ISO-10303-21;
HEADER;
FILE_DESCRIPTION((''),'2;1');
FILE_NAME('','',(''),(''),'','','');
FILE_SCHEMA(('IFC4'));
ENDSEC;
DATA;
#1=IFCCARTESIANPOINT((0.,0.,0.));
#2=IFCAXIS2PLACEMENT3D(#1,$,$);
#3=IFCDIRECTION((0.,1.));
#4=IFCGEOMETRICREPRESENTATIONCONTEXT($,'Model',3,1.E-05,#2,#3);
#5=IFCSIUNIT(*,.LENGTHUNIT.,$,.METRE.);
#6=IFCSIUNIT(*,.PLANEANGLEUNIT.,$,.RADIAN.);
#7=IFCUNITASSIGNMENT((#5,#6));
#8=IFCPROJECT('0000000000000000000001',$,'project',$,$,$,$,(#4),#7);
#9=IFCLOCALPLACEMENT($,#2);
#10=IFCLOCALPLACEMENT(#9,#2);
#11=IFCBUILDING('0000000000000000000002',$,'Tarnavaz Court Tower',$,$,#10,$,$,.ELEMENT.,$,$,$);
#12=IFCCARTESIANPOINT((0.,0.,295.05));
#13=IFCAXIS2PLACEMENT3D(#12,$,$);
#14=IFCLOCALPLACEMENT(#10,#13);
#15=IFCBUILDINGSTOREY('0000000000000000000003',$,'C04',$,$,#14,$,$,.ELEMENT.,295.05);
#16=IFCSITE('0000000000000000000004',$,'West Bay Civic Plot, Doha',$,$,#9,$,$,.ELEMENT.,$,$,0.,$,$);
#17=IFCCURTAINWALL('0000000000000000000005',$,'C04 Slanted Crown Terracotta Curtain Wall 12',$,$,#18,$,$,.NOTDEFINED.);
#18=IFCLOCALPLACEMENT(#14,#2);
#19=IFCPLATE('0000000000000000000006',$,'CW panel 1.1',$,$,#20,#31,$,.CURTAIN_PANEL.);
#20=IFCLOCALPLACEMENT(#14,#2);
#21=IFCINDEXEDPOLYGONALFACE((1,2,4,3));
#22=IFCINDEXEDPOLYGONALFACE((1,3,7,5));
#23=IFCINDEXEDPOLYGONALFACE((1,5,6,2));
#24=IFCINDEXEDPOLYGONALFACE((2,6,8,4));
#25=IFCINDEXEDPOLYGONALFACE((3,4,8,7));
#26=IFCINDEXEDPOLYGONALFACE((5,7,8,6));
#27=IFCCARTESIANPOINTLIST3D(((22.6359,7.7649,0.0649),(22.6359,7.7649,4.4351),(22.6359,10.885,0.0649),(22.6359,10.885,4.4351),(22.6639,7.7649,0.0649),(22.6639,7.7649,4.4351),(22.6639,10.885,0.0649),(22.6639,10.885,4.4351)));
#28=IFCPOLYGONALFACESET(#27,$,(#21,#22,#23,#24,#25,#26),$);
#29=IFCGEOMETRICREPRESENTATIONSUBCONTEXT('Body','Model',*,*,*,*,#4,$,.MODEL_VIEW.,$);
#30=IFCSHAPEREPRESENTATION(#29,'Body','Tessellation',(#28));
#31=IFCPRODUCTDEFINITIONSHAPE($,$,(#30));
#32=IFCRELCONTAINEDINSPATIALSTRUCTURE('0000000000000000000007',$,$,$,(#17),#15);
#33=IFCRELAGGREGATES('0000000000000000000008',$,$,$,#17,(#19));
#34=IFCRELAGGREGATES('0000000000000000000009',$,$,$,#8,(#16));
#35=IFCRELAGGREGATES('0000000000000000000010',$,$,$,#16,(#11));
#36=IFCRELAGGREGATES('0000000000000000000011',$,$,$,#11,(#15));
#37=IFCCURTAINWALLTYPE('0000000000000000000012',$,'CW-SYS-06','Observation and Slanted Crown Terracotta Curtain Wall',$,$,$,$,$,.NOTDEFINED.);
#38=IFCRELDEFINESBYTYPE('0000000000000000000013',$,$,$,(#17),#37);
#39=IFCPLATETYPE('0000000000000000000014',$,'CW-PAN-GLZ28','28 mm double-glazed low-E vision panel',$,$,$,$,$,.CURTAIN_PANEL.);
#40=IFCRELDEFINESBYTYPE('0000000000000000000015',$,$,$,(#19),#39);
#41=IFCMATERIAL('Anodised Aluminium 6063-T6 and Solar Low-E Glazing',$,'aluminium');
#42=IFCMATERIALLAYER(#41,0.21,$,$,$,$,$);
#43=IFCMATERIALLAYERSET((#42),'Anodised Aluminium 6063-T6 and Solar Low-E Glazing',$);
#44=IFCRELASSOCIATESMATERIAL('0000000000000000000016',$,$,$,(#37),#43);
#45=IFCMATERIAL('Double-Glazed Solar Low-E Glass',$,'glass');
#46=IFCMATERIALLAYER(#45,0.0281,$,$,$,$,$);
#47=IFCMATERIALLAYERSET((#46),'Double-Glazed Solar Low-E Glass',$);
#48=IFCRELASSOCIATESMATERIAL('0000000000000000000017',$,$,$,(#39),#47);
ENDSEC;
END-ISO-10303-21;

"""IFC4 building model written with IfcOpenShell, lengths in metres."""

from ifc_helpers import new_model, si_unit, direction, frame, origin, origin_2d, place, context, subcontext, project, spatial, rectangle, extrude, material, layer, layer_set, type_object, element, aggregate, save


model = new_model("IFC4")

# Units and contexts
model_context = context("Model", 3, precision=1e-05, world=origin(), true_north=direction((0.0, 1.0)))
body_context = subcontext(model_context, "Body", "Model", "MODEL_VIEW")
ifc_project = project(units=[si_unit("LENGTHUNIT", "METRE"), si_unit("PLANEANGLEUNIT", "RADIAN")], contexts=[model_context])

# Site, building, storey
site_placement = place(None, origin())
site = spatial("IfcSite", under=ifc_project, at=site_placement, Name="West Bay Civic Plot, Doha", CompositionType="ELEMENT", RefElevation=0.0)
building_placement = place(site_placement, origin())
building = spatial("IfcBuilding", under=site, at=building_placement, Name="Tarnavaz Court Tower", CompositionType="ELEMENT")
storey_placement = place(building_placement, frame((0.0, 0.0, 295.05)))
storey = spatial("IfcBuildingStorey", under=building, at=storey_placement, Name="C04", CompositionType="ELEMENT", Elevation=295.05)

# Shared definitions
ifc_material_1 = material(Name="Anodised Aluminium 6063-T6 and Solar Low-E Glazing", Category="aluminium")
ifc_layer_1 = layer(ifc_material_1, 0.21)
ifc_layer_set_1 = layer_set([ifc_layer_1], Name="Anodised Aluminium 6063-T6 and Solar Low-E Glazing")
curtain_wall_type = type_object("IfcCurtainWallType", Name="CW-SYS-06", Description="Observation and Slanted Crown Terracotta Curtain Wall", PredefinedType="NOTDEFINED", material=ifc_layer_set_1)

# Curtain wall
curtain_wall_1_placement = place(storey_placement, origin())
curtain_wall_1 = element("IfcCurtainWall", 1, at=curtain_wall_1_placement, inside=storey, type_object=curtain_wall_type, Name="C04 Slanted Crown Terracotta Curtain Wall 12", PredefinedType="NOTDEFINED")

# Plate
ifc_material_2 = material(Name="Double-Glazed Solar Low-E Glass", Category="glass")
ifc_layer_2 = layer(ifc_material_2, 0.0281)
ifc_layer_set_2 = layer_set([ifc_layer_2], Name="Double-Glazed Solar Low-E Glass")
plate_type = type_object("IfcPlateType", Name="CW-PAN-GLZ28", Description="28 mm double-glazed low-E vision panel", PredefinedType="CURTAIN_PANEL", material=ifc_layer_set_2)
plate_1_placement = place(storey_placement, frame((22.6499, 9.325, 0.0649), z_axis=(0.0, 0.0, 1.0), x_axis=(0.0, -1.0, 0.0)))
plate_1 = element("IfcPlate", 2, at=plate_1_placement, type_object=plate_type, Name="CW panel 1.1", PredefinedType="CURTAIN_PANEL", context=body_context, shape_type="SweptSolid", body=[
    extrude(rectangle(XDim=3.1201, YDim=0.0281, at=origin_2d()), origin(), (0.0, 0.0, 1.0), 4.3701),
])
aggregate(curtain_wall_1, [plate_1])

save(model, "model.ifc")
